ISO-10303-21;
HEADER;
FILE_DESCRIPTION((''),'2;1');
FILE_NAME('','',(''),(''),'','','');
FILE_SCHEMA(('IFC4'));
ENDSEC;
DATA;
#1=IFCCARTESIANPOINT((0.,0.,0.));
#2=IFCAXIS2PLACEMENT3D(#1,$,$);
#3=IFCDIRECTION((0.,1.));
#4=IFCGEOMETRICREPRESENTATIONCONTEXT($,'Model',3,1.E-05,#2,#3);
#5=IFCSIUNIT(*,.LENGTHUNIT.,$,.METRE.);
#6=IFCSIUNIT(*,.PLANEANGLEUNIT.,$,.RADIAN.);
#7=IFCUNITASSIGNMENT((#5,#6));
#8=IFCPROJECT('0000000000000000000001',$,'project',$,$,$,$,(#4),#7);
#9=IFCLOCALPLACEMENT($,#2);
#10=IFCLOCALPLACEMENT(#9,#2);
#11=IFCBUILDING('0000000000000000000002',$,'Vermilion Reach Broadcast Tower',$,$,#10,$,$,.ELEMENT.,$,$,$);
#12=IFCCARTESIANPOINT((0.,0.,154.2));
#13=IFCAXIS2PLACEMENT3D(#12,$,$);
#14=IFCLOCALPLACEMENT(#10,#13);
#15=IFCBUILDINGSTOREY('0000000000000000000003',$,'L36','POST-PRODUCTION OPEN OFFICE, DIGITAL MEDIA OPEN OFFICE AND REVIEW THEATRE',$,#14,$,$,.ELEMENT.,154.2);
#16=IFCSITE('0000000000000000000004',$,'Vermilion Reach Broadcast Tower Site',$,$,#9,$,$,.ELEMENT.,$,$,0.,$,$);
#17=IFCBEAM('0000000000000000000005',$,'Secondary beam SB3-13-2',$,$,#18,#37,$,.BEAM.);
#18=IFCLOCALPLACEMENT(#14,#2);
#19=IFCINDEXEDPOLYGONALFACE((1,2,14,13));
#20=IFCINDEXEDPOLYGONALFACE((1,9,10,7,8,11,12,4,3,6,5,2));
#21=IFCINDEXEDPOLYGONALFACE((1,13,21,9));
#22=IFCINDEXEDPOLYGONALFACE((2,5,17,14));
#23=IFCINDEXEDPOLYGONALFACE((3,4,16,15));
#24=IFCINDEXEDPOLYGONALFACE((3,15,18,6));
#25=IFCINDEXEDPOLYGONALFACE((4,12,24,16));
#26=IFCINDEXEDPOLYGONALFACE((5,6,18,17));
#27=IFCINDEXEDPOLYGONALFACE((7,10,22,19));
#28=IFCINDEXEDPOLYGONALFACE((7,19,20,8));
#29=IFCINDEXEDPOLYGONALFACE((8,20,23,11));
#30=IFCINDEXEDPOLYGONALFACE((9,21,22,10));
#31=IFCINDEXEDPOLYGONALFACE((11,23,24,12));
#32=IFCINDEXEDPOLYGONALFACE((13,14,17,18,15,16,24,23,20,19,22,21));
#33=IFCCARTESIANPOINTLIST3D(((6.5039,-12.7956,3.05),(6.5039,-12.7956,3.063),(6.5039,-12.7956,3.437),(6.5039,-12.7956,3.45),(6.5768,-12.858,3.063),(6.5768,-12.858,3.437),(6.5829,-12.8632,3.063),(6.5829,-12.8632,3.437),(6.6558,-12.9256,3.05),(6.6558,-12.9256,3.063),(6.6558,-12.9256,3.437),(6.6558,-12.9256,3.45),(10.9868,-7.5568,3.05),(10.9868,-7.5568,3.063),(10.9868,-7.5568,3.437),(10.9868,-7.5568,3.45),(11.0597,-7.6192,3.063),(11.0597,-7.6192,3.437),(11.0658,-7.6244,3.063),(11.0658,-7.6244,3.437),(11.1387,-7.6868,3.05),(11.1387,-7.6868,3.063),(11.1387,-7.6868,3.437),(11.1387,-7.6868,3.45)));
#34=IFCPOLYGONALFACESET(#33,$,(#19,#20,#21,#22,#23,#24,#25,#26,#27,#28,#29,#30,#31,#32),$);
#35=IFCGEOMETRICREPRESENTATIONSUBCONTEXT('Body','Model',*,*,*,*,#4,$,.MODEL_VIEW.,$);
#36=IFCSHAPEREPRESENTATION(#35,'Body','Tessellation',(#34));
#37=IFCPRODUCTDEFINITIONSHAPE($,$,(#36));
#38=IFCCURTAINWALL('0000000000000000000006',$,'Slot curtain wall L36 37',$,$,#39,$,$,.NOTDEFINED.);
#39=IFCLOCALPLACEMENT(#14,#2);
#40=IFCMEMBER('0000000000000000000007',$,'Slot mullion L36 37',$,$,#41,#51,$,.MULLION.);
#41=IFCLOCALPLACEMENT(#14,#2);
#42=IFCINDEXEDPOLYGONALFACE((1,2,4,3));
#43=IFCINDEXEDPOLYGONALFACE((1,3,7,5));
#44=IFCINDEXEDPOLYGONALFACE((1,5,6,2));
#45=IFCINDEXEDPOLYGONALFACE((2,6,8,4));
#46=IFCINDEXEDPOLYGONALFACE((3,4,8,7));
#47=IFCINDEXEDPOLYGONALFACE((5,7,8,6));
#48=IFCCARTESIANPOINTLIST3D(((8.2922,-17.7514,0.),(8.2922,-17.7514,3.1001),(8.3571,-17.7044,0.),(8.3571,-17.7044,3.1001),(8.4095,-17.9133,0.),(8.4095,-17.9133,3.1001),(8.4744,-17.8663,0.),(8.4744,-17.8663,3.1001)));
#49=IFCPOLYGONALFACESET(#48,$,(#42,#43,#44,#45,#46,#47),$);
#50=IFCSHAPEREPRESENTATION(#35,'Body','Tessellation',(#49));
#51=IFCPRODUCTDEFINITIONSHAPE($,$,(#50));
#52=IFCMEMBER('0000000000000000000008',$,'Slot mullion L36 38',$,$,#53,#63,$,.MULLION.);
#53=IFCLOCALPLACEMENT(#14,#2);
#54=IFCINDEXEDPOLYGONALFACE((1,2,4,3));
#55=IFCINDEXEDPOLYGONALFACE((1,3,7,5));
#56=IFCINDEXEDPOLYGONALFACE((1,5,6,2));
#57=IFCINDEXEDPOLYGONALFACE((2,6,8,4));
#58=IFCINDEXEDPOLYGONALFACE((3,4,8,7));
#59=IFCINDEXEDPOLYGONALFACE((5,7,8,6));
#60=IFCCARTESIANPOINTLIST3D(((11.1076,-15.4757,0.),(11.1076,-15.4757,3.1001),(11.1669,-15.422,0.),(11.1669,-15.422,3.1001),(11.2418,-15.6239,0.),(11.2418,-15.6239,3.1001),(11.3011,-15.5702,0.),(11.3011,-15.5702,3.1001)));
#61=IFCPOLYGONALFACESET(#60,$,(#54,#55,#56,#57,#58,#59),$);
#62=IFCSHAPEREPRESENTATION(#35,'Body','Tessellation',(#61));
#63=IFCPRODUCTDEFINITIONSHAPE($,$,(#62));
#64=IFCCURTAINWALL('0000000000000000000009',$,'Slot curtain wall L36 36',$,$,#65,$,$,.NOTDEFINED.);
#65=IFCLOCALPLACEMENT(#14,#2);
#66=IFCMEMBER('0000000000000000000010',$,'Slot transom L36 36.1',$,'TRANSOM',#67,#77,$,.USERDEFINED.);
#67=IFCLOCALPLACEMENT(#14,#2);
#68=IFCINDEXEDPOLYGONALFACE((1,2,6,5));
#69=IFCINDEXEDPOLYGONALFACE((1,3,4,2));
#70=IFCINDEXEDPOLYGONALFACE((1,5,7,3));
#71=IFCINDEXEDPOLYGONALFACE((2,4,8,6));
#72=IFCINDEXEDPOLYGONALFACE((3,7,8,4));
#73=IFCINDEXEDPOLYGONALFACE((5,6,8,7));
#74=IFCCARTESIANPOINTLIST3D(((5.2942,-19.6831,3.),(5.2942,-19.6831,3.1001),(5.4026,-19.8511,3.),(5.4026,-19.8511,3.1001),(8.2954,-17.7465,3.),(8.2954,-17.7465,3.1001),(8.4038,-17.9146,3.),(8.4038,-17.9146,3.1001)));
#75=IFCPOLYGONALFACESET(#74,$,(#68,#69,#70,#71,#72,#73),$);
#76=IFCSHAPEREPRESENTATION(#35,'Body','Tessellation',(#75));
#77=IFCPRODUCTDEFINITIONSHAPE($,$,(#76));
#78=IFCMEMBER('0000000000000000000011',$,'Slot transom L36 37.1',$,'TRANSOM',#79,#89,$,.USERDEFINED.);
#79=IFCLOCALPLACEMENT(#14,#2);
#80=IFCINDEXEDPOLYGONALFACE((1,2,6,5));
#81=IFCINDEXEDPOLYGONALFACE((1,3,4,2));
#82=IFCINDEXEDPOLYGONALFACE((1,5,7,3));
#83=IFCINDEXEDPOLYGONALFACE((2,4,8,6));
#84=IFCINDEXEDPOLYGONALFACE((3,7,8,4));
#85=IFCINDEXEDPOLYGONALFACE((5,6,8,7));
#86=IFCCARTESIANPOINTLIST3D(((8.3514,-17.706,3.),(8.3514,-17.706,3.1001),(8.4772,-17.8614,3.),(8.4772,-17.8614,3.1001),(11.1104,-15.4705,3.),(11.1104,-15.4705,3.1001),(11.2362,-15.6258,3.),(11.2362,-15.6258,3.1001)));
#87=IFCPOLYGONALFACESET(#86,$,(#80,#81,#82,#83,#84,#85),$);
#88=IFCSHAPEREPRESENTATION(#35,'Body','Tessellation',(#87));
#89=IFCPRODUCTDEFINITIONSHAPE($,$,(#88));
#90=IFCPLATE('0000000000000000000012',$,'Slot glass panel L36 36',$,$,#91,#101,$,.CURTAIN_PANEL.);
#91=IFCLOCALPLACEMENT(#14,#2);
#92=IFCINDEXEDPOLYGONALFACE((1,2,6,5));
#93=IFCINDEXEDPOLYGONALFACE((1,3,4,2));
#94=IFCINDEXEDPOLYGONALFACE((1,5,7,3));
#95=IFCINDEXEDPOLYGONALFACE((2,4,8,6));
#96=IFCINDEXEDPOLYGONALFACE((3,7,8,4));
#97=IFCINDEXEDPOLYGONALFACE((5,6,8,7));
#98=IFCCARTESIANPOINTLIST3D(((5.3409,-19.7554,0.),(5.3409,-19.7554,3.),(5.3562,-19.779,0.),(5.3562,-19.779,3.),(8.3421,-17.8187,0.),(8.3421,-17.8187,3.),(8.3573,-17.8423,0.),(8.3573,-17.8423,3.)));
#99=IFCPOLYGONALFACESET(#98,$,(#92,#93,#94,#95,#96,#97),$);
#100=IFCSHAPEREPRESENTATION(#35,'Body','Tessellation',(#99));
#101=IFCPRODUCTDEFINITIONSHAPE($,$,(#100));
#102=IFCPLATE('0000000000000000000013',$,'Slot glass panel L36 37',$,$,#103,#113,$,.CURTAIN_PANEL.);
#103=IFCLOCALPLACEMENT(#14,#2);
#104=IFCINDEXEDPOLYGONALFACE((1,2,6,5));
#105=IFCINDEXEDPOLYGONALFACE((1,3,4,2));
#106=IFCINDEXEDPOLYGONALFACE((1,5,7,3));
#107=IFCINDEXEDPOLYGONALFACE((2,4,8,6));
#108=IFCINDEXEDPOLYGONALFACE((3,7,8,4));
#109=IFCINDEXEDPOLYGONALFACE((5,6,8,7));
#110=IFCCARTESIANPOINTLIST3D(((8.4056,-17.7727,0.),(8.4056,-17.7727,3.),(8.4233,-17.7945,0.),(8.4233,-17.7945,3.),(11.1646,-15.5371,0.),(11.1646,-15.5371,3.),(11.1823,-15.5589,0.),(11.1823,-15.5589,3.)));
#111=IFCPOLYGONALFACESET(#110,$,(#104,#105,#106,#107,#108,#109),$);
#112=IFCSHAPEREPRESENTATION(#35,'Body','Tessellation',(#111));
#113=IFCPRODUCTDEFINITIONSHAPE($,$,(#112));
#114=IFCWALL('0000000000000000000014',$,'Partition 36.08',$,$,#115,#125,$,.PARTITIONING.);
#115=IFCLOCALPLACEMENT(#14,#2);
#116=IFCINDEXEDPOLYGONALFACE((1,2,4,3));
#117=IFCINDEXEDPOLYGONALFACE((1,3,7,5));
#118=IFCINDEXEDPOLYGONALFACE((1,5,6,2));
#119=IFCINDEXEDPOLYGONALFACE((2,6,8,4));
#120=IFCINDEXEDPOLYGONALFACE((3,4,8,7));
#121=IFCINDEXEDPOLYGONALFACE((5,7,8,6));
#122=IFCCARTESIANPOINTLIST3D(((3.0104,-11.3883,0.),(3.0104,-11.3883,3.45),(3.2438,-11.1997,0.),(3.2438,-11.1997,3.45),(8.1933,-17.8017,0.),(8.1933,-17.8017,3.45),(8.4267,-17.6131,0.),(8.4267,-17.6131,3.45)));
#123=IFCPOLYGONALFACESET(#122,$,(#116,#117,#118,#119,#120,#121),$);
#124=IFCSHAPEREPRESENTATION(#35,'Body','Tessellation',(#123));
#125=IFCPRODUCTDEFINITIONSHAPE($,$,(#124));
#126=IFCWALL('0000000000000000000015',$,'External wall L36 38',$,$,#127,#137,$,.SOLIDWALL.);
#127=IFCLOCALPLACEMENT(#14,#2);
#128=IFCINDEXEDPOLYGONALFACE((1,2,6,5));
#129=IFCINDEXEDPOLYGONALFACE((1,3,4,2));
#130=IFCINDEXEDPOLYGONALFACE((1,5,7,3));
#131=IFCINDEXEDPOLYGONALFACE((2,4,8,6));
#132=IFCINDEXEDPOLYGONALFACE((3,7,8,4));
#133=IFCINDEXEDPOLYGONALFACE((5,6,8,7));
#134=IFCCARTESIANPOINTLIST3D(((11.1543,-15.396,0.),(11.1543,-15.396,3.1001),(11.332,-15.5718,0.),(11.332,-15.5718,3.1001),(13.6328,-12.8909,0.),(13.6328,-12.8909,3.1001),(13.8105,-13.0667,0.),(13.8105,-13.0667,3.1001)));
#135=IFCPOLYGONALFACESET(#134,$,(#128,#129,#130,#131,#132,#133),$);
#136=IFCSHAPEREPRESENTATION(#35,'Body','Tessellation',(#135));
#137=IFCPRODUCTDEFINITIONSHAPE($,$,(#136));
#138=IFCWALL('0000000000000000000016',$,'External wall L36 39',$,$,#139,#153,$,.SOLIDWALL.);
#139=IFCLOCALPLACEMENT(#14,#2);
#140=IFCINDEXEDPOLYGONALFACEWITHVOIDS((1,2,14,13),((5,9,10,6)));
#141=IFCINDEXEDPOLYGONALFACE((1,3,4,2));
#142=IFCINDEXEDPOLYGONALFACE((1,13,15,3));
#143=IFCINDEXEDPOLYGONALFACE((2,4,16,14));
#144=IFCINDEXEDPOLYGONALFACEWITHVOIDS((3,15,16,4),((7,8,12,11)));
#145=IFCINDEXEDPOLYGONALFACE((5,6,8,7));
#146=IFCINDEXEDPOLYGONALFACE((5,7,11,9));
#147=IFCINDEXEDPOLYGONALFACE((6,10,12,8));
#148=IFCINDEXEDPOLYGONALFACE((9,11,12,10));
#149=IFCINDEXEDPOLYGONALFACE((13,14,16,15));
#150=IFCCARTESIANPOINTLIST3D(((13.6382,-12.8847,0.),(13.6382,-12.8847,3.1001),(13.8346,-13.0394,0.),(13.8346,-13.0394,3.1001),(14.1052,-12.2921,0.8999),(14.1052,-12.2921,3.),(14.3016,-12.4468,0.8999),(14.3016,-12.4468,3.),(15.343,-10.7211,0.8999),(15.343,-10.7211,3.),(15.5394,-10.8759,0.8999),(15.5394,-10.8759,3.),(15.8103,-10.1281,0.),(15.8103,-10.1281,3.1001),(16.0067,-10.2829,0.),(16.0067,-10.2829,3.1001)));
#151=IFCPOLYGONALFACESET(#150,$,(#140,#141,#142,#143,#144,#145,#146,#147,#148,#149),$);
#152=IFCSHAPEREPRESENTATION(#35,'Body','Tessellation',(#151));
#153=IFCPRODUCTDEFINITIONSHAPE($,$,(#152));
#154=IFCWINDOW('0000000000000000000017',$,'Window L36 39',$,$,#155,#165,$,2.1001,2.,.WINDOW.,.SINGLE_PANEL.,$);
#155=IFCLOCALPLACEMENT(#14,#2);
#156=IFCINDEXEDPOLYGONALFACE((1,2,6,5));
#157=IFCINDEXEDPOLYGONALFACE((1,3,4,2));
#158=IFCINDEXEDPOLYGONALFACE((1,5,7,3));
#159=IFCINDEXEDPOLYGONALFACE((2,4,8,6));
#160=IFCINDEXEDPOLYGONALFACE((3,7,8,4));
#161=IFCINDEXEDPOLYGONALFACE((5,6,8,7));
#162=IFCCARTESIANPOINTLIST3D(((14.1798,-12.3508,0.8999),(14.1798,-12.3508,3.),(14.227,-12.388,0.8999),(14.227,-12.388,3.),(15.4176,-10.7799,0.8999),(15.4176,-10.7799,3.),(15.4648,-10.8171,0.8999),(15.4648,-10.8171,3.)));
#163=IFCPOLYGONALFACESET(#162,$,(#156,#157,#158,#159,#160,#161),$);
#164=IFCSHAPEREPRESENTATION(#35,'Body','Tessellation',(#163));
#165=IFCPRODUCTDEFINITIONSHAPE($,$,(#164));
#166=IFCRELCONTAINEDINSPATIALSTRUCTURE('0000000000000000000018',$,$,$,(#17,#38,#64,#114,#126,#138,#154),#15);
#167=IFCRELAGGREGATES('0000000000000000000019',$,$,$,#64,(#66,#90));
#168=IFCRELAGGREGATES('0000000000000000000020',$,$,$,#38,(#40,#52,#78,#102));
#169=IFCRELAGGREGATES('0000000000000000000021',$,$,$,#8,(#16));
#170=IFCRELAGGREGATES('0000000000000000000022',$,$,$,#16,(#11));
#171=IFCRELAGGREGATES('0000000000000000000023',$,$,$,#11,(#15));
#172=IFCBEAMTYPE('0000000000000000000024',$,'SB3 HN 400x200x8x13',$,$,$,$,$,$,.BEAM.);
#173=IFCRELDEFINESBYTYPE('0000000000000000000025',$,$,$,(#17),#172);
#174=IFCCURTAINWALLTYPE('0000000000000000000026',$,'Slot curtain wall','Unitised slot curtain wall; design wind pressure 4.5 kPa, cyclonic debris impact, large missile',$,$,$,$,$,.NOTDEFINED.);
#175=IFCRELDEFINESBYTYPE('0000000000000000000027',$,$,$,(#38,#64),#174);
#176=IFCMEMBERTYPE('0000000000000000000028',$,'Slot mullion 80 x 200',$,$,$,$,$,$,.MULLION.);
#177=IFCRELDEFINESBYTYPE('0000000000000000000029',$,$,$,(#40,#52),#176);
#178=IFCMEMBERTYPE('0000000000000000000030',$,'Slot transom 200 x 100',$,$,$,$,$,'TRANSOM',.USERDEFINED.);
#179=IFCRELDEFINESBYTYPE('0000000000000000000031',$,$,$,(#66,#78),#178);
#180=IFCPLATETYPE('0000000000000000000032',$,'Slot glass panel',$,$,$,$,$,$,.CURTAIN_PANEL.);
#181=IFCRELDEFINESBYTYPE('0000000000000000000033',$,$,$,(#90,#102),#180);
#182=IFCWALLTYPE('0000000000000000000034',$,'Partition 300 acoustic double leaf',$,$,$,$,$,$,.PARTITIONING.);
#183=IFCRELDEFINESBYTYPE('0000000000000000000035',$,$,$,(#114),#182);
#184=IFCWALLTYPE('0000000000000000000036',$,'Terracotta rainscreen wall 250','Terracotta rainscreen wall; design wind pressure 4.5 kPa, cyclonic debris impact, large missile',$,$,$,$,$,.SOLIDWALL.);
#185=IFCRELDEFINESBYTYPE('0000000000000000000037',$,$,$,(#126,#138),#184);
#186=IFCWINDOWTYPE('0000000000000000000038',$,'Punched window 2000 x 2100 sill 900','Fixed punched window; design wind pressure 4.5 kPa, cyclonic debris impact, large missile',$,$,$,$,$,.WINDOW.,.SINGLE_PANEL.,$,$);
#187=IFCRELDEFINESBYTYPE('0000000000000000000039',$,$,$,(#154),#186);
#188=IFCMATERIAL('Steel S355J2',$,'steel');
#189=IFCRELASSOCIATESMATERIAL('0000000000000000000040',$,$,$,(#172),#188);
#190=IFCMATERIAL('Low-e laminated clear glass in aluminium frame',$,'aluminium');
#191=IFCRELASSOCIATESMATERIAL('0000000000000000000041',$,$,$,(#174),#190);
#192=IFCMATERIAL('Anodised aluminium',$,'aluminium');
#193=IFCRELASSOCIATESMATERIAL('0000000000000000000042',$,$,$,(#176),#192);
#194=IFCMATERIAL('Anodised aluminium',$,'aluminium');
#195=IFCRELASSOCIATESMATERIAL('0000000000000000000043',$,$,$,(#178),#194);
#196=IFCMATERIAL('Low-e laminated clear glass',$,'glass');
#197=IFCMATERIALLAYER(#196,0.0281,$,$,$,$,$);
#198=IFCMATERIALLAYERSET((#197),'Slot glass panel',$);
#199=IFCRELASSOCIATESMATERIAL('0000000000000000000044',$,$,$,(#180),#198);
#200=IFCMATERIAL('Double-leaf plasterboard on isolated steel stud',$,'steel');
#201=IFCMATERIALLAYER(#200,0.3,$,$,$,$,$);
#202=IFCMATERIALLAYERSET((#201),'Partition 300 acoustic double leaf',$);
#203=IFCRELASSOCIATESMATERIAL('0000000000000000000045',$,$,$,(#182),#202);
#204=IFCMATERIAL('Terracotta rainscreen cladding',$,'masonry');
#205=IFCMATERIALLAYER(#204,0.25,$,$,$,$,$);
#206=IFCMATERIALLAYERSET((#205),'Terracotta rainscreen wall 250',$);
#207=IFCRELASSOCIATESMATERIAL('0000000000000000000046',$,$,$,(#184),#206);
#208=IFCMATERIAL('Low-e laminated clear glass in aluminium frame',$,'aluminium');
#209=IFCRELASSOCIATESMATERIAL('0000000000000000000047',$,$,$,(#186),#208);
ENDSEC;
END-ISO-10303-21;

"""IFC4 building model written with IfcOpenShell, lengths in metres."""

from ifc_helpers import new_model, si_unit, direction, frame, frame_2d, origin, origin_2d, place, context, subcontext, project, spatial, rectangle, i_section, extrude, material, layer, layer_set, material_profile, profile_set, type_object, element, fill, aggregate, save


model = new_model("IFC4")

# Units and contexts
model_context = context("Model", 3, precision=1e-05, world=origin(), true_north=direction((0.0, 1.0)))
body_context = subcontext(model_context, "Body", "Model", "MODEL_VIEW")
ifc_project = project(units=[si_unit("LENGTHUNIT", "METRE"), si_unit("PLANEANGLEUNIT", "RADIAN")], contexts=[model_context])

# Site, building, storey
site_placement = place(None, origin())
site = spatial("IfcSite", under=ifc_project, at=site_placement, Name="Vermilion Reach Broadcast Tower Site", CompositionType="ELEMENT", RefElevation=0.0)
building_placement = place(site_placement, origin())
building = spatial("IfcBuilding", under=site, at=building_placement, Name="Vermilion Reach Broadcast Tower", CompositionType="ELEMENT")
storey_placement = place(building_placement, frame((0.0, 0.0, 154.2)))
storey = spatial("IfcBuildingStorey", under=building, at=storey_placement, Name="L36", Description="POST-PRODUCTION OPEN OFFICE, DIGITAL MEDIA OPEN OFFICE AND REVIEW THEATRE", CompositionType="ELEMENT", Elevation=154.2)

# Beam
ifc_material_1 = material(Name="Steel S355J2", Category="steel")
ifc_material_profile_1 = material_profile(ifc_material_1, i_section(OverallWidth=0.2, OverallDepth=0.3999, WebThickness=0.0081, FlangeThickness=0.0129, at=origin_2d()), Name="S355J2 HN 400x200x8x13")
ifc_profile_set_1 = profile_set([ifc_material_profile_1], Name="Steel S355J2")
beam_type_1 = type_object("IfcBeamType", Name="SB3 HN 400x200x8x13", PredefinedType="BEAM", material=ifc_profile_set_1)
beam_1_placement = place(storey_placement, frame((6.5798, -12.8606, 3.25), z_axis=(0.650167, 0.759791, 0.0), x_axis=(-0.759791, 0.650167, 0.0)))
element("IfcBeam", 1, at=beam_1_placement, inside=storey, type_object=beam_type_1, Name="Secondary beam SB3-13-2", PredefinedType="BEAM", context=body_context, shape_type="SweptSolid", body=[
    extrude(i_section(OverallWidth=0.2, OverallDepth=0.3999, WebThickness=0.0081, FlangeThickness=0.0129, at=origin_2d()), origin(), (0.0, 0.0, 1.0), 6.895),
])

# Curtain wall, members
ifc_material_2 = material(Name="Low-e laminated clear glass in aluminium frame", Category="aluminium")
curtain_wall_type = type_object("IfcCurtainWallType", Name="Slot curtain wall", Description="Unitised slot curtain wall; design wind pressure 4.5 kPa, cyclonic debris impact, large missile", PredefinedType="NOTDEFINED", material=ifc_material_2)
placement = place(storey_placement, origin())
curtain_wall_1 = element("IfcCurtainWall", 2, at=placement, inside=storey, type_object=curtain_wall_type, Name="Slot curtain wall L36 37", PredefinedType="NOTDEFINED")
ifc_material_3 = material(Name="Anodised aluminium", Category="aluminium")
ifc_material_profile_2 = material_profile(ifc_material_3, rectangle(XDim=0.2, YDim=0.0801, at=origin_2d()), Name="Slot mullion 80 x 200")
ifc_profile_set_2 = profile_set([ifc_material_profile_2], Name="Anodised aluminium")
member_type_1 = type_object("IfcMemberType", Name="Slot mullion 80 x 200", PredefinedType="MULLION", material=ifc_profile_set_2)
member_1_placement = place(storey_placement, frame((8.3833, -17.8088, 0.0), z_axis=(0.0, 0.0, 1.0), x_axis=(-0.586739, 0.809776, 0.0)))
member_1 = element("IfcMember", 3, at=member_1_placement, type_object=member_type_1, Name="Slot mullion L36 37", PredefinedType="MULLION", context=body_context, shape_type="SweptSolid", body=[
    extrude(rectangle(XDim=0.2, YDim=0.0801, at=origin_2d()), origin(), (0.0, 0.0, 1.0), 3.1001),
])
member_2_placement = place(storey_placement, frame((11.2043, -15.5229, 0.0), z_axis=(0.0, 0.0, 1.0), x_axis=(-0.671216, 0.741262, 0.0)))
member_2 = element("IfcMember", 4, at=member_2_placement, type_object=member_type_1, Name="Slot mullion L36 38", PredefinedType="MULLION", context=body_context, shape_type="SweptSolid", body=[
    extrude(rectangle(XDim=0.2, YDim=0.0801, at=origin_2d()), origin(), (0.0, 0.0, 1.0), 3.1001),
])

# Curtain wall, member
curtain_wall_2 = element("IfcCurtainWall", 5, at=placement, inside=storey, type_object=curtain_wall_type, Name="Slot curtain wall L36 36", PredefinedType="NOTDEFINED")
ifc_material_4 = material(Name="Anodised aluminium", Category="aluminium")
ifc_material_profile_3 = material_profile(ifc_material_4, rectangle(XDim=0.2, YDim=0.1001, at=origin_2d()), Name="Slot transom 200 x 100")
ifc_profile_set_3 = profile_set([ifc_material_profile_3], Name="Anodised aluminium")
member_type_2 = type_object("IfcMemberType", Name="Slot transom 200 x 100", ElementType="TRANSOM", PredefinedType="USERDEFINED", material=ifc_profile_set_3)
member_3_placement = place(storey_placement, frame((5.3484, -19.7671, 3.05), z_axis=(0.840265, 0.542177, 0.0), x_axis=(-0.542177, 0.840265, 0.0)))
member_3 = element("IfcMember", 6, at=member_3_placement, type_object=member_type_2, Name="Slot transom L36 36.1", ObjectType="TRANSOM", PredefinedType="USERDEFINED", context=body_context, shape_type="SweptSolid", body=[
    extrude(rectangle(XDim=0.2, YDim=0.1001, at=origin_2d()), origin(), (0.0, 0.0, 1.0), 3.5718),
])

# Member
member_4_placement = place(storey_placement, frame((8.4143, -17.7837, 3.05), z_axis=(0.776957, 0.629554, 0.0), x_axis=(-0.629554, 0.776957, 0.0)))
member_4 = element("IfcMember", 7, at=member_4_placement, type_object=member_type_2, Name="Slot transom L36 37.1", ObjectType="TRANSOM", PredefinedType="USERDEFINED", context=body_context, shape_type="SweptSolid", body=[
    extrude(rectangle(XDim=0.2, YDim=0.1001, at=origin_2d()), origin(), (0.0, 0.0, 1.0), 3.551),
])

# Plates
ifc_material_5 = material(Name="Low-e laminated clear glass", Category="glass")
ifc_layer_1 = layer(ifc_material_5, 0.0281)
ifc_layer_set_1 = layer_set([ifc_layer_1], Name="Slot glass panel")
plate_type = type_object("IfcPlateType", Name="Slot glass panel", PredefinedType="CURTAIN_PANEL", material=ifc_layer_set_1)
plate_1_placement = place(storey_placement, frame((6.8491, -18.7988, 0.0), z_axis=(0.0, 0.0, 1.0), x_axis=(0.840242, 0.542212, 0.0)))
plate_1 = element("IfcPlate", 8, at=plate_1_placement, type_object=plate_type, Name="Slot glass panel L36 36", PredefinedType="CURTAIN_PANEL", context=body_context, shape_type="SweptSolid", body=[
    extrude(rectangle(XDim=3.5718, YDim=0.0281, at=origin_2d()), origin(), (0.0, 0.0, 1.0), 3.0),
])
aggregate(curtain_wall_2, [member_3, plate_1])
plate_2_placement = place(storey_placement, frame((9.7939, -16.6658, 0.0), z_axis=(0.0, 0.0, 1.0), x_axis=(0.776953, 0.629558, 0.0)))
plate_2 = element("IfcPlate", 9, at=plate_2_placement, type_object=plate_type, Name="Slot glass panel L36 37", PredefinedType="CURTAIN_PANEL", context=body_context, shape_type="SweptSolid", body=[
    extrude(rectangle(XDim=3.551, YDim=0.0281, at=origin_2d()), origin(), (0.0, 0.0, 1.0), 3.0),
])
aggregate(curtain_wall_1, [member_1, member_2, member_4, plate_2])

# Walls
ifc_material_6 = material(Name="Double-leaf plasterboard on isolated steel stud", Category="steel")
ifc_layer_2 = layer(ifc_material_6, 0.3)
ifc_layer_set_2 = layer_set([ifc_layer_2], Name="Partition 300 acoustic double leaf")
wall_type_1 = type_object("IfcWallType", Name="Partition 300 acoustic double leaf", PredefinedType="PARTITIONING", material=ifc_layer_set_2)
wall_1_placement = place(storey_placement, frame((8.3101, -17.7075, 0.0), z_axis=(0.0, 0.0, 1.0), x_axis=(-0.628547, 0.777771, 0.0)))
element("IfcWall", 10, at=wall_1_placement, inside=storey, type_object=wall_type_1, Name="Partition 36.08", PredefinedType="PARTITIONING", context=body_context, shape_type="SweptSolid", body=[
    extrude(rectangle(XDim=8.2458, YDim=0.3, at=frame_2d((4.123, 0.0))), origin(), (0.0, 0.0, 1.0), 3.45),
])
ifc_material_7 = material(Name="Terracotta rainscreen cladding", Category="masonry")
ifc_layer_3 = layer(ifc_material_7, 0.25)
ifc_layer_set_3 = layer_set([ifc_layer_3], Name="Terracotta rainscreen wall 250")
wall_type_2 = type_object("IfcWallType", Name="Terracotta rainscreen wall 250", Description="Terracotta rainscreen wall; design wind pressure 4.5 kPa, cyclonic debris impact, large missile", PredefinedType="SOLIDWALL", material=ifc_layer_set_3)
wall_2_placement = place(storey_placement, frame((11.2432, -15.4839, 0.0), z_axis=(0.0, 0.0, 1.0), x_axis=(0.703321, 0.710872, 0.0)))
element("IfcWall", 11, at=wall_2_placement, inside=storey, type_object=wall_type_2, Name="External wall L36 38", PredefinedType="SOLIDWALL", context=body_context, shape_type="SweptSolid", body=[
    extrude(rectangle(XDim=3.5239, YDim=0.25, at=frame_2d((1.762, 0.0))), origin(), (0.0, 0.0, 1.0), 3.1001),
])

# Wall, opening, window
wall_3_placement = place(storey_placement, frame((13.7363, -12.9622, 0.0), z_axis=(0.0, 0.0, 1.0), x_axis=(0.618918, 0.785456, 0.0)))
wall_3 = element("IfcWall", 12, at=wall_3_placement, inside=storey, type_object=wall_type_2, Name="External wall L36 39", PredefinedType="SOLIDWALL", context=body_context, shape_type="SweptSolid", body=[
    extrude(rectangle(XDim=3.5095, YDim=0.25, at=frame_2d((1.7549, 0.0))), origin(), (0.0, 0.0, 1.0), 3.1001),
])
opening_1_placement = place(wall_3_placement, frame((0.7546, 0.0, 0.8999)))
opening_1 = element("IfcOpeningElement", 13, at=opening_1_placement, cuts=wall_3, PredefinedType="OPENING", context=body_context, shape_type="SweptSolid", body=[
    extrude(rectangle(XDim=2.0, YDim=2.1001, at=frame_2d((1.0, 1.05))), frame((0.0, 0.135, 0.0), z_axis=(0.0, -1.0, 0.0), x_axis=(1.0, 0.0, 0.0)), (0.0, 0.0, 1.0), 0.27),
])
ifc_material_8 = material(Name="Low-e laminated clear glass in aluminium frame", Category="aluminium")
window_type = type_object("IfcWindowType", Name="Punched window 2000 x 2100 sill 900", Description="Fixed punched window; design wind pressure 4.5 kPa, cyclonic debris impact, large missile", PartitioningType="SINGLE_PANEL", PredefinedType="WINDOW", material=ifc_material_8)
window_placement = place(opening_1_placement, origin())
window = element("IfcWindow", 14, at=window_placement, inside=storey, type_object=window_type, Name="Window L36 39", OverallHeight=2.1001, OverallWidth=2.0, PartitioningType="SINGLE_PANEL", PredefinedType="WINDOW", context=body_context, shape_type="SweptSolid", body=[
    extrude(rectangle(XDim=2.0, YDim=2.1001, at=frame_2d((1.0, 1.05))), frame((0.0, 0.03, 0.0), z_axis=(0.0, -1.0, 0.0), x_axis=(1.0, 0.0, 0.0)), (0.0, 0.0, 1.0), 0.0601),
])
fill(opening_1, window)

save(model, "model.ifc")
